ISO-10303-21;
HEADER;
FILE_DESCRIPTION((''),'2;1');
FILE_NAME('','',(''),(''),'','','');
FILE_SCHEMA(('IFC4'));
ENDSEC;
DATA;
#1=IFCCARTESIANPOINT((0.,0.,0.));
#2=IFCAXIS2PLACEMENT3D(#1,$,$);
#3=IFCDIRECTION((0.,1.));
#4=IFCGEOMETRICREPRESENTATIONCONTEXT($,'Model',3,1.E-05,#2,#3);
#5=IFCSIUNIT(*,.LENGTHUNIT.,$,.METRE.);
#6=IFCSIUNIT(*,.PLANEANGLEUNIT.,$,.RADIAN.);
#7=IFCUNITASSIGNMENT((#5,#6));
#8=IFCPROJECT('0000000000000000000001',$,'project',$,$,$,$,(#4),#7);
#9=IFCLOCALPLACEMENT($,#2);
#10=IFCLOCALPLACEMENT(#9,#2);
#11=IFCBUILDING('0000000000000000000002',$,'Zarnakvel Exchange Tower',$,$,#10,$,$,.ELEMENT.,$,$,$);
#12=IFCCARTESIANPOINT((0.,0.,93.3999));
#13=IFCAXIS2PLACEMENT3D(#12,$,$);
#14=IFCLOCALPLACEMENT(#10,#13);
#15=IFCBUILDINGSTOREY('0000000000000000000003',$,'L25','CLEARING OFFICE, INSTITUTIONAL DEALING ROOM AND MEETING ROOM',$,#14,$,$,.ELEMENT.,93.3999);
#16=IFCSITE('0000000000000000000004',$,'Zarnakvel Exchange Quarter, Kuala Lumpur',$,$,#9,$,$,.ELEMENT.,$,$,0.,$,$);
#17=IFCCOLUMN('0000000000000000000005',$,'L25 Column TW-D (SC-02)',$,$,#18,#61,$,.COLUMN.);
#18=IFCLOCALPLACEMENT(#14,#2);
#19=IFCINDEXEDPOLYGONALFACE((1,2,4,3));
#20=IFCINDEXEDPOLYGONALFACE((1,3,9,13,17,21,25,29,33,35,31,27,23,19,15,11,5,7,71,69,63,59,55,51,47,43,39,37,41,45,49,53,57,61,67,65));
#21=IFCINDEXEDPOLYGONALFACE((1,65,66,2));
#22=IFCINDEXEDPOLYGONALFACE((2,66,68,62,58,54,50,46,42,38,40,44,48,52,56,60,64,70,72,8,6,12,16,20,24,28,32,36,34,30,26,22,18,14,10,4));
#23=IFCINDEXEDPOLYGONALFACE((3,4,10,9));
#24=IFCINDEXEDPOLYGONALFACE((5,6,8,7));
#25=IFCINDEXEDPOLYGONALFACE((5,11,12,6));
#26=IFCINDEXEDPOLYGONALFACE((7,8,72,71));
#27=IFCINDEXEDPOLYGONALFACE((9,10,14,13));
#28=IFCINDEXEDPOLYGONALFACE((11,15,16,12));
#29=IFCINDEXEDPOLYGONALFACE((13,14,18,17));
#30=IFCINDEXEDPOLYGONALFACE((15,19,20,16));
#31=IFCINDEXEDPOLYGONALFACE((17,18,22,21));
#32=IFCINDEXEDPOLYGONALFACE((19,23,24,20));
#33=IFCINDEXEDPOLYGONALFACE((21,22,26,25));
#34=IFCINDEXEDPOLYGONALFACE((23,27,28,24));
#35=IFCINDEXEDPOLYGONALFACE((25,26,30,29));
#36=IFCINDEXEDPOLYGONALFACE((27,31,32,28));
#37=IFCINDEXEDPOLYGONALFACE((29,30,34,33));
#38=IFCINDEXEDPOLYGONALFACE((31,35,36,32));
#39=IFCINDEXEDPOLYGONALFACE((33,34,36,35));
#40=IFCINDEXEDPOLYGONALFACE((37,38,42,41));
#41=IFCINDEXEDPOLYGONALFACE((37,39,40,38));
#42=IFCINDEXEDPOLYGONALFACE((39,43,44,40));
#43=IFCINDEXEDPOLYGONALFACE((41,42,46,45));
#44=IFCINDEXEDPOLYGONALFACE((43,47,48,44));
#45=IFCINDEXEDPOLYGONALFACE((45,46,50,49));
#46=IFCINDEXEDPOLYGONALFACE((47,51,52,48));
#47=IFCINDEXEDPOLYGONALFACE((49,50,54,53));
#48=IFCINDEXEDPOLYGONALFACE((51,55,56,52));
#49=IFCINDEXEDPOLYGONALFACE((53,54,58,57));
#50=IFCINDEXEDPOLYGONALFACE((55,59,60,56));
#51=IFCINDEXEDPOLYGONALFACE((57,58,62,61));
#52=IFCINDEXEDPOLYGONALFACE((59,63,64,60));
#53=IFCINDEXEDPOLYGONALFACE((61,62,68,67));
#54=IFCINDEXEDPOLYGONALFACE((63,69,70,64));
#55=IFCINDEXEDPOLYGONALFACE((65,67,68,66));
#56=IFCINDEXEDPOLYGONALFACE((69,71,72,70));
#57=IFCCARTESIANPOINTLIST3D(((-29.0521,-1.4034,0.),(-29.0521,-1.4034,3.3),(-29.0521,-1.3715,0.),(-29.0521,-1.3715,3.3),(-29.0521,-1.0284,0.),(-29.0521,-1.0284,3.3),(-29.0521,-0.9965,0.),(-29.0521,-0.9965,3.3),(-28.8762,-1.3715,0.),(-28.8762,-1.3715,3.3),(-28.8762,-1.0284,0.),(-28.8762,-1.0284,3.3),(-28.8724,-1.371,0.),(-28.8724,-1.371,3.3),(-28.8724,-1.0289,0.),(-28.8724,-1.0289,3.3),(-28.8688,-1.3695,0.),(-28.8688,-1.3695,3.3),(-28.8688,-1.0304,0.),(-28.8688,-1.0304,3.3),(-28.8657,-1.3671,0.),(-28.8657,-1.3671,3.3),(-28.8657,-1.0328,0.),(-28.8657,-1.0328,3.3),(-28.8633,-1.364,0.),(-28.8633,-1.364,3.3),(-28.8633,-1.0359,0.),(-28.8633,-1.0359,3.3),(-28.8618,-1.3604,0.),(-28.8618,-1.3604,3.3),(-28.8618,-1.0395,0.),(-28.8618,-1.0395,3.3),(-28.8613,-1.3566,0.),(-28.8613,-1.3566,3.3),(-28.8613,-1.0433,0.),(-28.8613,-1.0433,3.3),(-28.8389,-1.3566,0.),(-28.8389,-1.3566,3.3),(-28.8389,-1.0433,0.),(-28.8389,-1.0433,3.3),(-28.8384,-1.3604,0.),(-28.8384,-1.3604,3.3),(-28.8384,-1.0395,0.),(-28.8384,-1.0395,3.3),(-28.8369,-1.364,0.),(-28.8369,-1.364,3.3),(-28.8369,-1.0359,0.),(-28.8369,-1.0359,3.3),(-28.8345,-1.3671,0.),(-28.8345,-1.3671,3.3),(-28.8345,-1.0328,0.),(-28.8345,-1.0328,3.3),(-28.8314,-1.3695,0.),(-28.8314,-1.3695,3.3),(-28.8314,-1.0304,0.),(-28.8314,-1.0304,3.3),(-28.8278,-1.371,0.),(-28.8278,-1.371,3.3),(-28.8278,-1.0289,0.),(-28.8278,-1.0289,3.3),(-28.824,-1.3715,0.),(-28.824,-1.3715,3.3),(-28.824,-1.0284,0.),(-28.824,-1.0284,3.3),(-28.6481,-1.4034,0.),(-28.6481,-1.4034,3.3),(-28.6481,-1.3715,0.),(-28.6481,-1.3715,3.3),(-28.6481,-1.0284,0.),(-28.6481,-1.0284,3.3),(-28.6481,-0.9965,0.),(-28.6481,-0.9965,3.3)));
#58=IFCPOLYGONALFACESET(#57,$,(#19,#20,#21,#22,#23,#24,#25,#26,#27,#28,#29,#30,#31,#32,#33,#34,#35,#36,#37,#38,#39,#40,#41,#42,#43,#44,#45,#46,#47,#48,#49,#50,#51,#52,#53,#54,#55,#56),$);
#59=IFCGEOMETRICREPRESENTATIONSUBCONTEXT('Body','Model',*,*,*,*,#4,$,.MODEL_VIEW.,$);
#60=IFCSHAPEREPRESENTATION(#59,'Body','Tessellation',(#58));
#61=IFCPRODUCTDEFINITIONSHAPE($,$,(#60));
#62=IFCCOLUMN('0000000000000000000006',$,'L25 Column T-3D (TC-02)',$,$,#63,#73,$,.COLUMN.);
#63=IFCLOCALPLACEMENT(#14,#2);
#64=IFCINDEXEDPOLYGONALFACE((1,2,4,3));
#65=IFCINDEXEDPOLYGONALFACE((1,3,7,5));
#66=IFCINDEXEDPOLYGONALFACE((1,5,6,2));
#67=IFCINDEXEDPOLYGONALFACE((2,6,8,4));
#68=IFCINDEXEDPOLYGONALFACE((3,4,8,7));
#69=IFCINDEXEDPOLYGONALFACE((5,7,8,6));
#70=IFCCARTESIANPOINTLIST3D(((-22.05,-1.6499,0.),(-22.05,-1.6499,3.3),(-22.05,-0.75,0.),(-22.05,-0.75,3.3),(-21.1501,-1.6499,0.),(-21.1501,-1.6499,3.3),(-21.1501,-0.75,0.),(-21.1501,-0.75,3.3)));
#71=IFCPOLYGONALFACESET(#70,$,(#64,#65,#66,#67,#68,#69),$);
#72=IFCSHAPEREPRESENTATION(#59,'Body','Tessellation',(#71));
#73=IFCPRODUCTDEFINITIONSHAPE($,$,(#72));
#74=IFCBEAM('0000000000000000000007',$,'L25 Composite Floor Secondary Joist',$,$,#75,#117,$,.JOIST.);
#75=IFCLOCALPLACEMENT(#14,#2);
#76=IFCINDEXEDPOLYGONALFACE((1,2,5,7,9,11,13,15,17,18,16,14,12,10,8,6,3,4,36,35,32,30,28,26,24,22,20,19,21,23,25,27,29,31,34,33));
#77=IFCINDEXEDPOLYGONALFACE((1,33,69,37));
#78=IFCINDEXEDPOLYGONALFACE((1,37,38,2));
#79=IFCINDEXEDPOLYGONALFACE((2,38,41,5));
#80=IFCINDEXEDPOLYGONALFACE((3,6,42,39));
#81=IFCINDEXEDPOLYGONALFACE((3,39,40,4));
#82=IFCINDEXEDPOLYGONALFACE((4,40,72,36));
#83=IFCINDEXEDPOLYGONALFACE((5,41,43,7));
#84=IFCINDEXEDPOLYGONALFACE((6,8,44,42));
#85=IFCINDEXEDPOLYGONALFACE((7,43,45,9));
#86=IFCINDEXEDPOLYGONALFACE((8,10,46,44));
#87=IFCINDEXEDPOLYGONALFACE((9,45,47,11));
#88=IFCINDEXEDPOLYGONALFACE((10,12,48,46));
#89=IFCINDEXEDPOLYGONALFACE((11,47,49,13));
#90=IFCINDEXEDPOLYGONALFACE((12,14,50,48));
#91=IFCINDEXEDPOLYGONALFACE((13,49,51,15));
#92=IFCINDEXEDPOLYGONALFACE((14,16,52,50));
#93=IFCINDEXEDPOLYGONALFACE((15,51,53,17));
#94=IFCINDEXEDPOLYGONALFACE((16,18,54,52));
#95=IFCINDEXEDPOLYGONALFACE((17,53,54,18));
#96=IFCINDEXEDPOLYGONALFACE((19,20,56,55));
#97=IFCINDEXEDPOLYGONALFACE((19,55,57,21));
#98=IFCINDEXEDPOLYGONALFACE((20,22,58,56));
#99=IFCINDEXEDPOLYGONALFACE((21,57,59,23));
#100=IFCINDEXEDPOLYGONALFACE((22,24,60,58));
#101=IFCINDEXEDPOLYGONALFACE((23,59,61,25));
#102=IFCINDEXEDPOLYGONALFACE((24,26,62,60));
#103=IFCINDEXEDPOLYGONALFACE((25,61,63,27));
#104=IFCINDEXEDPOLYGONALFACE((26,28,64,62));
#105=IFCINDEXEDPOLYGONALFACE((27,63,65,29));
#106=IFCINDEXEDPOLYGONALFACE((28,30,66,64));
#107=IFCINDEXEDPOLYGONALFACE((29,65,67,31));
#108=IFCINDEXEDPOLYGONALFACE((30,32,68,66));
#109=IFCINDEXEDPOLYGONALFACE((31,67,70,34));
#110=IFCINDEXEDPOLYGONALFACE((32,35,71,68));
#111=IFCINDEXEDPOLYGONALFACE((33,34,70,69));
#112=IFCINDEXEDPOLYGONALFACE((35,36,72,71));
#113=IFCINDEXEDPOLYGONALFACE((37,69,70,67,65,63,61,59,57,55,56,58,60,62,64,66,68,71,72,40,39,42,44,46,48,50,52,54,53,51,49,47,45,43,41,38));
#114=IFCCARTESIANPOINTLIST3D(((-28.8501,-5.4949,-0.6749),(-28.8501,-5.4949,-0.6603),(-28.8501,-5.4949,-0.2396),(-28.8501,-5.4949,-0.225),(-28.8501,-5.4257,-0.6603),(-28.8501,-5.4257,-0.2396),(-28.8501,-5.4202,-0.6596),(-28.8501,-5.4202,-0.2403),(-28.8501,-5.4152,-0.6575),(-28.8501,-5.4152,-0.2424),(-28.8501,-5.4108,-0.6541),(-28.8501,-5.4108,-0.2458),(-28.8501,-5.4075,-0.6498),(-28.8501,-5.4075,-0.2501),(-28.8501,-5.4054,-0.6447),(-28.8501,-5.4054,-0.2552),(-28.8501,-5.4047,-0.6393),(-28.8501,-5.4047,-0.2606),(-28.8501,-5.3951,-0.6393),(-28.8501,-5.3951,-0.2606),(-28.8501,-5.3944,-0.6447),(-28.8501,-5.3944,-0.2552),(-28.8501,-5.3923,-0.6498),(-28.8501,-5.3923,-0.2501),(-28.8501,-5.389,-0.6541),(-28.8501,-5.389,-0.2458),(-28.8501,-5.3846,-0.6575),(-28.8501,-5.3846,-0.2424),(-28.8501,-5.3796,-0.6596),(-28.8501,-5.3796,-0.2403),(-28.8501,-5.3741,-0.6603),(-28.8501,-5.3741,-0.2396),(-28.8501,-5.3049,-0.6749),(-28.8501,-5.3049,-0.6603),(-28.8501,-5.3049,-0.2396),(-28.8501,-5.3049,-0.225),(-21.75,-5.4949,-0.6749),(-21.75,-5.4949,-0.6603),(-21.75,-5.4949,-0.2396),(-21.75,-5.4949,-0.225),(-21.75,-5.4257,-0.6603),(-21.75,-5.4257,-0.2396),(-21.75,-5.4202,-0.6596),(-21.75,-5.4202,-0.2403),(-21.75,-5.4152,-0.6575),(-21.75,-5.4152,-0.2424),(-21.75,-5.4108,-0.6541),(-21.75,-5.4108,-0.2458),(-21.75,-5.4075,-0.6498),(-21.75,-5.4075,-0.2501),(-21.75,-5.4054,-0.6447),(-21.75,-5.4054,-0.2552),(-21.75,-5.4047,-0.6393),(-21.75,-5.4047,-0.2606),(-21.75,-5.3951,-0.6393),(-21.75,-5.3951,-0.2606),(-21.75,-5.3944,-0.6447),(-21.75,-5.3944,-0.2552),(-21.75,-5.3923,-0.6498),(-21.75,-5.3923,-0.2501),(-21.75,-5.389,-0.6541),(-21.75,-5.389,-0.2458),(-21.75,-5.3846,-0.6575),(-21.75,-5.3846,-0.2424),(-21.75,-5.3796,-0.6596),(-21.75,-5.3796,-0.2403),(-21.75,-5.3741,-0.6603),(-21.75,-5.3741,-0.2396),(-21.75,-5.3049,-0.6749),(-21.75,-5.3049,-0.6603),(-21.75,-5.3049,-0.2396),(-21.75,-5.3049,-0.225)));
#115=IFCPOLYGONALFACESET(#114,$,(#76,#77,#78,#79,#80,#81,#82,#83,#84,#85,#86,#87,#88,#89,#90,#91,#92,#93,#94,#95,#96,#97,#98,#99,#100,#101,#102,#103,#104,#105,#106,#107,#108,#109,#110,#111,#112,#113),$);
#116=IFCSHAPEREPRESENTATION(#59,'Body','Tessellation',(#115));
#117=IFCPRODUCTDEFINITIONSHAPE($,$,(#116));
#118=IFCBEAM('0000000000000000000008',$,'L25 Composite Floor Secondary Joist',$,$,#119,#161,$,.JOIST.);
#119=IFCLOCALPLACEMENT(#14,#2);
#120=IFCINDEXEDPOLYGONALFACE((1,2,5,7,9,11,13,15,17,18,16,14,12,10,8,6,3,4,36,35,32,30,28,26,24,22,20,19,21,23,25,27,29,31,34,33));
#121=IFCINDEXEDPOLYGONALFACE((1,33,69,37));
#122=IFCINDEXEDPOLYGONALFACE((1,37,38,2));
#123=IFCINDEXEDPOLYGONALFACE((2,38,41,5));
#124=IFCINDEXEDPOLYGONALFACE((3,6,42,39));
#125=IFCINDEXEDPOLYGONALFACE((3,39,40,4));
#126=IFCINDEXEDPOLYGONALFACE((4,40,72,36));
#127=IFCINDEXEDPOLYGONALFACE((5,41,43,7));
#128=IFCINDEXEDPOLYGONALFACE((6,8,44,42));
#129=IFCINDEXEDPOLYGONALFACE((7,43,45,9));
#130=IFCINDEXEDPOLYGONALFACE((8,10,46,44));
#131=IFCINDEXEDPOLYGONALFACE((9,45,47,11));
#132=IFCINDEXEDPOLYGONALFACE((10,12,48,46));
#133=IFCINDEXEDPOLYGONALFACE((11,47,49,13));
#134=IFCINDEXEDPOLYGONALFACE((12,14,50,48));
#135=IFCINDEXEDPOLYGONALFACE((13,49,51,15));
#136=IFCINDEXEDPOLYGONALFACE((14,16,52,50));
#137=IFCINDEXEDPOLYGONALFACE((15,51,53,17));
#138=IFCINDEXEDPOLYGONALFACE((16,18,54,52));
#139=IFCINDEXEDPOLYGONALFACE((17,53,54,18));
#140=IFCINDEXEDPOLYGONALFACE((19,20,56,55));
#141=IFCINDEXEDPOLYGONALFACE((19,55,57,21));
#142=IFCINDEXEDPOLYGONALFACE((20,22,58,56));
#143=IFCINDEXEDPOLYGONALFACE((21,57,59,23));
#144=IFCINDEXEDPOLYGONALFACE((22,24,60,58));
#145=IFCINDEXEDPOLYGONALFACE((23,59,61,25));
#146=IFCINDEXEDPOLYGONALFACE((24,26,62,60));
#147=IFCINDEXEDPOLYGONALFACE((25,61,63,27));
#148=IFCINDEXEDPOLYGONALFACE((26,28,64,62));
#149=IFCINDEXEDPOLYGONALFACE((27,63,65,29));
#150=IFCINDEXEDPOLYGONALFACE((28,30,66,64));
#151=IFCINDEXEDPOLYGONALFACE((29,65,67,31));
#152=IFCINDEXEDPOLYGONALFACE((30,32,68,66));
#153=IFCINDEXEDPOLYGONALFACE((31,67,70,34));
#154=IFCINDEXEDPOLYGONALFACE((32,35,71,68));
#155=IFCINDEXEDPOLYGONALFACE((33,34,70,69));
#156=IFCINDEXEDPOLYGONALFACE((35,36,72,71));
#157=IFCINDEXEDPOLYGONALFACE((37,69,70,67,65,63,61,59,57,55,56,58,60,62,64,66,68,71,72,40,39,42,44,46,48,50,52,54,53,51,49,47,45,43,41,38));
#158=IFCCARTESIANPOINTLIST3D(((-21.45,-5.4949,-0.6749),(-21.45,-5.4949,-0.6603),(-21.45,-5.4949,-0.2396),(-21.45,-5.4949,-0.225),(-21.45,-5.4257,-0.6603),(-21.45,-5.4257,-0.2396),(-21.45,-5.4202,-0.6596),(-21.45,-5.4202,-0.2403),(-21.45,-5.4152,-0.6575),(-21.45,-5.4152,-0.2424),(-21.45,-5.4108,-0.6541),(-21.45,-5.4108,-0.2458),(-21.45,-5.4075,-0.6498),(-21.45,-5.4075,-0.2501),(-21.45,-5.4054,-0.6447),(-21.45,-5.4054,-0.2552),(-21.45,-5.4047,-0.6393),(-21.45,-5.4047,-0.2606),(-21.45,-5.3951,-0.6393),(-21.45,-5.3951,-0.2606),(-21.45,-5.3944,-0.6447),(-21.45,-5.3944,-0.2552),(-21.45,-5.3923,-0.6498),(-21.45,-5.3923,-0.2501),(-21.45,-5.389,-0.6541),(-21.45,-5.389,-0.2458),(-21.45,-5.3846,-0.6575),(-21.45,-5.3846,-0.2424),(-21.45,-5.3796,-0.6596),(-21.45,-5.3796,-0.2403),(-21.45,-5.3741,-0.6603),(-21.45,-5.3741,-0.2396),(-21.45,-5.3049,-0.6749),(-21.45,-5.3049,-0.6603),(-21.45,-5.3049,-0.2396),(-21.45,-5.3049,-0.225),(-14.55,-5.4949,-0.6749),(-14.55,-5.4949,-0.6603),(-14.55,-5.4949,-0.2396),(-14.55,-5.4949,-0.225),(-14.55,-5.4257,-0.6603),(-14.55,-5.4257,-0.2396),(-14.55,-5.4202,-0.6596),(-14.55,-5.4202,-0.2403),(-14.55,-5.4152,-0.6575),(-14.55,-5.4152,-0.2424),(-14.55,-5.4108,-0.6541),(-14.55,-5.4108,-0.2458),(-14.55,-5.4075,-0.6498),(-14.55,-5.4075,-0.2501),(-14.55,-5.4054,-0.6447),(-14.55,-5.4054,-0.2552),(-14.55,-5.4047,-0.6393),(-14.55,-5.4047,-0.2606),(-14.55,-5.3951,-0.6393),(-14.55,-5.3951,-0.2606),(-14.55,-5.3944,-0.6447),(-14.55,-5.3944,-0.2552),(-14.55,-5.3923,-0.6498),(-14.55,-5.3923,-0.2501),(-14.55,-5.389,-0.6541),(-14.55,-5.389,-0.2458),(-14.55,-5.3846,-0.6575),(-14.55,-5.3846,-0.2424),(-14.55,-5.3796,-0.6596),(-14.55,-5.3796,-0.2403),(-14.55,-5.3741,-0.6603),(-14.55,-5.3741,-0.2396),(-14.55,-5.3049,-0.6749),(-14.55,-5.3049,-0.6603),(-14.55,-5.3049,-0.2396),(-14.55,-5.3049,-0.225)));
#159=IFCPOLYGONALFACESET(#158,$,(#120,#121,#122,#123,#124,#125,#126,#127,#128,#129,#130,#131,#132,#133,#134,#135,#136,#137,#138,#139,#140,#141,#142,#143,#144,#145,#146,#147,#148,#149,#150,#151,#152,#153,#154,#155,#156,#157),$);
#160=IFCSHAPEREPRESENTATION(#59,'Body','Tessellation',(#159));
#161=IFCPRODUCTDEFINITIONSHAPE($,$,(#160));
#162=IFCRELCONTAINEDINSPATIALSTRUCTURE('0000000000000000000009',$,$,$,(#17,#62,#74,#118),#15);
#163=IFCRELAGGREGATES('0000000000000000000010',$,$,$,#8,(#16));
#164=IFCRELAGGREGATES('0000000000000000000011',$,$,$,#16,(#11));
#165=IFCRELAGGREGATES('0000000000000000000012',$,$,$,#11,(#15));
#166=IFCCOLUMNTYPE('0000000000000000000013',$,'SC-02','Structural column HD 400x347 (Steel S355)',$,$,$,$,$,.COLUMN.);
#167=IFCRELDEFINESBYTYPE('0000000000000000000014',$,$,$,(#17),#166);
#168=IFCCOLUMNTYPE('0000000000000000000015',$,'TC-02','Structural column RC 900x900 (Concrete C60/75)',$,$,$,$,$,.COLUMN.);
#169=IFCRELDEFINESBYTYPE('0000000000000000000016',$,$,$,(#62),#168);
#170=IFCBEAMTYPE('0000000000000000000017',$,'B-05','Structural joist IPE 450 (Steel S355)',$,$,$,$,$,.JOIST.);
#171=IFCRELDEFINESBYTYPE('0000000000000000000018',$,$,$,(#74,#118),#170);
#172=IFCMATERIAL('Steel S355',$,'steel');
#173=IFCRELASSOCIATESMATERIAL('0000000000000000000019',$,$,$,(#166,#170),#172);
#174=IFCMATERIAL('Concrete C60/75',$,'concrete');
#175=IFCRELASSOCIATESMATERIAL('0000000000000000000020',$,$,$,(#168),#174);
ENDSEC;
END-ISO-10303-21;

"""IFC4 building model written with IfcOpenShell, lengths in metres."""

from ifc_helpers import new_model, si_unit, direction, frame, origin, origin_2d, place, context, subcontext, project, spatial, rectangle, i_section, extrude, material, material_profile, profile_set, type_object, element, save


model = new_model("IFC4")

# Units and contexts
model_context = context("Model", 3, precision=1e-05, world=origin(), true_north=direction((0.0, 1.0)))
body_context = subcontext(model_context, "Body", "Model", "MODEL_VIEW")
ifc_project = project(units=[si_unit("LENGTHUNIT", "METRE"), si_unit("PLANEANGLEUNIT", "RADIAN")], contexts=[model_context])

# Site, building, storey
site_placement = place(None, origin())
site = spatial("IfcSite", under=ifc_project, at=site_placement, Name="Zarnakvel Exchange Quarter, Kuala Lumpur", CompositionType="ELEMENT", RefElevation=0.0)
building_placement = place(site_placement, origin())
building = spatial("IfcBuilding", under=site, at=building_placement, Name="Zarnakvel Exchange Tower", CompositionType="ELEMENT")
storey_placement = place(building_placement, frame((0.0, 0.0, 93.3999)))
storey = spatial("IfcBuildingStorey", under=building, at=storey_placement, Name="L25", Description="CLEARING OFFICE, INSTITUTIONAL DEALING ROOM AND MEETING ROOM", CompositionType="ELEMENT", Elevation=93.3999)

# Columns
ifc_material_1 = material(Name="Steel S355", Category="steel")
ifc_material_profile_1 = material_profile(ifc_material_1, i_section(OverallWidth=0.4041, OverallDepth=0.407, WebThickness=0.0225, FlangeThickness=0.032, FilletRadius=0.0149, at=origin_2d()))
ifc_profile_set_1 = profile_set([ifc_material_profile_1], Name="Steel S355")
column_type_1 = type_object("IfcColumnType", Name="SC-02", Description="Structural column HD 400x347 (Steel S355)", PredefinedType="COLUMN", material=ifc_profile_set_1)
column_1_placement = place(storey_placement, frame((-28.8501, -1.2, 0.0), z_axis=(0.0, 0.0, 1.0), x_axis=(1.0, 0.0, 0.0)))
element("IfcColumn", 1, at=column_1_placement, inside=storey, type_object=column_type_1, Name="L25 Column TW-D (SC-02)", PredefinedType="COLUMN", context=body_context, shape_type="SweptSolid", body=[
    extrude(i_section(OverallWidth=0.4041, OverallDepth=0.407, WebThickness=0.0225, FlangeThickness=0.032, FilletRadius=0.0149, at=origin_2d()), origin(), (0.0, 0.0, 1.0), 3.3),
])
ifc_material_2 = material(Name="Concrete C60/75", Category="concrete")
ifc_material_profile_2 = material_profile(ifc_material_2, rectangle(XDim=0.8999, YDim=0.8999, at=origin_2d()))
ifc_profile_set_2 = profile_set([ifc_material_profile_2], Name="Concrete C60/75")
column_type_2 = type_object("IfcColumnType", Name="TC-02", Description="Structural column RC 900x900 (Concrete C60/75)", PredefinedType="COLUMN", material=ifc_profile_set_2)
column_2_placement = place(storey_placement, frame((-21.6001, -1.2, 0.0), z_axis=(0.0, 0.0, 1.0), x_axis=(1.0, 0.0, 0.0)))
element("IfcColumn", 2, at=column_2_placement, inside=storey, type_object=column_type_2, Name="L25 Column T-3D (TC-02)", PredefinedType="COLUMN", context=body_context, shape_type="SweptSolid", body=[
    extrude(rectangle(XDim=0.8999, YDim=0.8999, at=origin_2d()), origin(), (0.0, 0.0, 1.0), 3.3),
])

# Beams
ifc_material_profile_3 = material_profile(ifc_material_1, i_section(OverallWidth=0.1899, OverallDepth=0.45, WebThickness=0.0095, FlangeThickness=0.0146, FilletRadius=0.021, at=origin_2d()))
ifc_profile_set_3 = profile_set([ifc_material_profile_3], Name="Steel S355")
beam_type_1 = type_object("IfcBeamType", Name="B-05", Description="Structural joist IPE 450 (Steel S355)", PredefinedType="JOIST", material=ifc_profile_set_3)
beam_1_placement = place(storey_placement, frame((-28.8501, -5.3999, -0.45), z_axis=(1.0, 0.0, 0.0), x_axis=(0.0, 1.0, 0.0)))
element("IfcBeam", 3, at=beam_1_placement, inside=storey, type_object=beam_type_1, Name="L25 Composite Floor Secondary Joist", PredefinedType="JOIST", context=body_context, shape_type="SweptSolid", body=[
    extrude(i_section(OverallWidth=0.1899, OverallDepth=0.45, WebThickness=0.0095, FlangeThickness=0.0146, FilletRadius=0.021, at=origin_2d()), origin(), (0.0, 0.0, 1.0), 7.1001),
])
beam_2_placement = place(storey_placement, frame((-21.45, -5.3999, -0.45), z_axis=(1.0, 0.0, 0.0), x_axis=(0.0, 1.0, 0.0)))
element("IfcBeam", 4, at=beam_2_placement, inside=storey, type_object=beam_type_1, Name="L25 Composite Floor Secondary Joist", PredefinedType="JOIST", context=body_context, shape_type="SweptSolid", body=[
    extrude(i_section(OverallWidth=0.1899, OverallDepth=0.45, WebThickness=0.0095, FlangeThickness=0.0146, FilletRadius=0.021, at=origin_2d()), origin(), (0.0, 0.0, 1.0), 6.8999),
])

save(model, "model.ifc")
